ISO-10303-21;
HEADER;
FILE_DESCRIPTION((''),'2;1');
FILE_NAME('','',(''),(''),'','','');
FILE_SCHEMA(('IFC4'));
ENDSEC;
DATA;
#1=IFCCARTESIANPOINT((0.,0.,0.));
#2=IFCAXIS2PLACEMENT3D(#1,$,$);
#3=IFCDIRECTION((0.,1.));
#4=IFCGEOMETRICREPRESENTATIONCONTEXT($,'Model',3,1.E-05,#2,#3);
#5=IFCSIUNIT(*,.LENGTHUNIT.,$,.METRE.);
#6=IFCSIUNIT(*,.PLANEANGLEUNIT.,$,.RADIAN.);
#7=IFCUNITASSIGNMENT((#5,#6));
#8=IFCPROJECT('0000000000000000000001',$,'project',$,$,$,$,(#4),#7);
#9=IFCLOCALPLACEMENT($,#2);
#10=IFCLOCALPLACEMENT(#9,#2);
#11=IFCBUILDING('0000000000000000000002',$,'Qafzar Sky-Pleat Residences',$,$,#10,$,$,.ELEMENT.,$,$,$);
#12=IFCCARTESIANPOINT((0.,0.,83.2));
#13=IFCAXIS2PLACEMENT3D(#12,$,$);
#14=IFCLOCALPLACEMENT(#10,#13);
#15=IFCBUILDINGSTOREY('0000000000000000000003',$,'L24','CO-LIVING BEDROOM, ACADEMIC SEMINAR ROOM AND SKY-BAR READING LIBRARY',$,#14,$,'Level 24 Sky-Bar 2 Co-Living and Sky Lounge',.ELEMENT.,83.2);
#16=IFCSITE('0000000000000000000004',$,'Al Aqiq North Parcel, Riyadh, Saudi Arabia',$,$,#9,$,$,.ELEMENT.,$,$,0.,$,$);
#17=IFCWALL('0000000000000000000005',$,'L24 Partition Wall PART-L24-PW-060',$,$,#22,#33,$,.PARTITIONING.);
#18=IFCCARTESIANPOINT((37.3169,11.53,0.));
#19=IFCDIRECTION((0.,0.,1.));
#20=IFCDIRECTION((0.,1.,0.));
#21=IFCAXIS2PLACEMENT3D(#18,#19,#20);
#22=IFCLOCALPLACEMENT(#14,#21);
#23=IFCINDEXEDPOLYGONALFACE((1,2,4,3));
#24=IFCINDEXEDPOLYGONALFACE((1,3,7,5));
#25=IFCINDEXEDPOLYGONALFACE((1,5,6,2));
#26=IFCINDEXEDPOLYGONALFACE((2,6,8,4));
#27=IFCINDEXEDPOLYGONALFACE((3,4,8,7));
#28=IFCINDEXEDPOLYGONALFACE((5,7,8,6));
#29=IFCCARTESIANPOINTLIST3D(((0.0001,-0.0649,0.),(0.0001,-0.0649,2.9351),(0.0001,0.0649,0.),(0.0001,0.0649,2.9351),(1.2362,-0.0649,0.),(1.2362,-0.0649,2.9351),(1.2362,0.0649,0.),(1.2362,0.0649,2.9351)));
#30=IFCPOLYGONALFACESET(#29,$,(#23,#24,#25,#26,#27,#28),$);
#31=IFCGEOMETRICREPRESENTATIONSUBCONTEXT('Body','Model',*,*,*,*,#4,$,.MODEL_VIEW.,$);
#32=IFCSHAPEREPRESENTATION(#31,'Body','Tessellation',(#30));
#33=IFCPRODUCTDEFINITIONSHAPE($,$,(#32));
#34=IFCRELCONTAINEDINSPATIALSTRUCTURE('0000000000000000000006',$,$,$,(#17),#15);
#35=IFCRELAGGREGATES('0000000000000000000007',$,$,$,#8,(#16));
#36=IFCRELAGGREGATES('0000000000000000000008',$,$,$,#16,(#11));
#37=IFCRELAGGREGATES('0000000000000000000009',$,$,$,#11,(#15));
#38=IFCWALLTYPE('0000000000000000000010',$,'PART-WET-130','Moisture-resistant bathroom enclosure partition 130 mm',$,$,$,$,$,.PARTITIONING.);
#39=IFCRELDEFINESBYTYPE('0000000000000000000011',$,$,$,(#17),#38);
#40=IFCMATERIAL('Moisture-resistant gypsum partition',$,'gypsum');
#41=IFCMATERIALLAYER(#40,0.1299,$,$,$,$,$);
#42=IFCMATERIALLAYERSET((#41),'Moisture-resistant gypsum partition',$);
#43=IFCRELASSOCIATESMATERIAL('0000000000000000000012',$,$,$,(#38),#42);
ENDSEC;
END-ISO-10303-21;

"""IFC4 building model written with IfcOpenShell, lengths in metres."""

from ifc_helpers import new_model, si_unit, direction, frame, frame_2d, origin, place, context, subcontext, project, spatial, rectangle, extrude, material, layer, layer_set, type_object, element, save


model = new_model("IFC4")

# Units and contexts
model_context = context("Model", 3, precision=1e-05, world=origin(), true_north=direction((0.0, 1.0)))
body_context = subcontext(model_context, "Body", "Model", "MODEL_VIEW")
ifc_project = project(units=[si_unit("LENGTHUNIT", "METRE"), si_unit("PLANEANGLEUNIT", "RADIAN")], contexts=[model_context])

# Site, building, storey
site_placement = place(None, origin())
site = spatial("IfcSite", under=ifc_project, at=site_placement, Name="Al Aqiq North Parcel, Riyadh, Saudi Arabia", CompositionType="ELEMENT", RefElevation=0.0)
building_placement = place(site_placement, origin())
building = spatial("IfcBuilding", under=site, at=building_placement, Name="Qafzar Sky-Pleat Residences", CompositionType="ELEMENT")
storey_placement = place(building_placement, frame((0.0, 0.0, 83.2)))
storey = spatial("IfcBuildingStorey", under=building, at=storey_placement, Name="L24", Description="CO-LIVING BEDROOM, ACADEMIC SEMINAR ROOM AND SKY-BAR READING LIBRARY", LongName="Level 24 Sky-Bar 2 Co-Living and Sky Lounge", CompositionType="ELEMENT", Elevation=83.2)

# Shared definitions
ifc_material_1 = material(Name="Moisture-resistant gypsum partition", Category="gypsum")
ifc_layer_1 = layer(ifc_material_1, 0.1299)
ifc_layer_set_1 = layer_set([ifc_layer_1], Name="Moisture-resistant gypsum partition")
wall_type_1 = type_object("IfcWallType", Name="PART-WET-130", Description="Moisture-resistant bathroom enclosure partition 130 mm", PredefinedType="PARTITIONING", material=ifc_layer_set_1)

# Wall
wall_1_placement = place(storey_placement, frame((37.3169, 11.53, 0.0), z_axis=(0.0, 0.0, 1.0), x_axis=(0.0, 1.0, 0.0)))
element("IfcWall", 1, at=wall_1_placement, inside=storey, type_object=wall_type_1, Name="L24 Partition Wall PART-L24-PW-060", PredefinedType="PARTITIONING", context=body_context, shape_type="SweptSolid", body=[
    extrude(rectangle(XDim=1.2361, YDim=0.1299, at=frame_2d((0.6182, 0.0))), origin(), (0.0, 0.0, 1.0), 2.9351),
])

save(model, "model.ifc")
